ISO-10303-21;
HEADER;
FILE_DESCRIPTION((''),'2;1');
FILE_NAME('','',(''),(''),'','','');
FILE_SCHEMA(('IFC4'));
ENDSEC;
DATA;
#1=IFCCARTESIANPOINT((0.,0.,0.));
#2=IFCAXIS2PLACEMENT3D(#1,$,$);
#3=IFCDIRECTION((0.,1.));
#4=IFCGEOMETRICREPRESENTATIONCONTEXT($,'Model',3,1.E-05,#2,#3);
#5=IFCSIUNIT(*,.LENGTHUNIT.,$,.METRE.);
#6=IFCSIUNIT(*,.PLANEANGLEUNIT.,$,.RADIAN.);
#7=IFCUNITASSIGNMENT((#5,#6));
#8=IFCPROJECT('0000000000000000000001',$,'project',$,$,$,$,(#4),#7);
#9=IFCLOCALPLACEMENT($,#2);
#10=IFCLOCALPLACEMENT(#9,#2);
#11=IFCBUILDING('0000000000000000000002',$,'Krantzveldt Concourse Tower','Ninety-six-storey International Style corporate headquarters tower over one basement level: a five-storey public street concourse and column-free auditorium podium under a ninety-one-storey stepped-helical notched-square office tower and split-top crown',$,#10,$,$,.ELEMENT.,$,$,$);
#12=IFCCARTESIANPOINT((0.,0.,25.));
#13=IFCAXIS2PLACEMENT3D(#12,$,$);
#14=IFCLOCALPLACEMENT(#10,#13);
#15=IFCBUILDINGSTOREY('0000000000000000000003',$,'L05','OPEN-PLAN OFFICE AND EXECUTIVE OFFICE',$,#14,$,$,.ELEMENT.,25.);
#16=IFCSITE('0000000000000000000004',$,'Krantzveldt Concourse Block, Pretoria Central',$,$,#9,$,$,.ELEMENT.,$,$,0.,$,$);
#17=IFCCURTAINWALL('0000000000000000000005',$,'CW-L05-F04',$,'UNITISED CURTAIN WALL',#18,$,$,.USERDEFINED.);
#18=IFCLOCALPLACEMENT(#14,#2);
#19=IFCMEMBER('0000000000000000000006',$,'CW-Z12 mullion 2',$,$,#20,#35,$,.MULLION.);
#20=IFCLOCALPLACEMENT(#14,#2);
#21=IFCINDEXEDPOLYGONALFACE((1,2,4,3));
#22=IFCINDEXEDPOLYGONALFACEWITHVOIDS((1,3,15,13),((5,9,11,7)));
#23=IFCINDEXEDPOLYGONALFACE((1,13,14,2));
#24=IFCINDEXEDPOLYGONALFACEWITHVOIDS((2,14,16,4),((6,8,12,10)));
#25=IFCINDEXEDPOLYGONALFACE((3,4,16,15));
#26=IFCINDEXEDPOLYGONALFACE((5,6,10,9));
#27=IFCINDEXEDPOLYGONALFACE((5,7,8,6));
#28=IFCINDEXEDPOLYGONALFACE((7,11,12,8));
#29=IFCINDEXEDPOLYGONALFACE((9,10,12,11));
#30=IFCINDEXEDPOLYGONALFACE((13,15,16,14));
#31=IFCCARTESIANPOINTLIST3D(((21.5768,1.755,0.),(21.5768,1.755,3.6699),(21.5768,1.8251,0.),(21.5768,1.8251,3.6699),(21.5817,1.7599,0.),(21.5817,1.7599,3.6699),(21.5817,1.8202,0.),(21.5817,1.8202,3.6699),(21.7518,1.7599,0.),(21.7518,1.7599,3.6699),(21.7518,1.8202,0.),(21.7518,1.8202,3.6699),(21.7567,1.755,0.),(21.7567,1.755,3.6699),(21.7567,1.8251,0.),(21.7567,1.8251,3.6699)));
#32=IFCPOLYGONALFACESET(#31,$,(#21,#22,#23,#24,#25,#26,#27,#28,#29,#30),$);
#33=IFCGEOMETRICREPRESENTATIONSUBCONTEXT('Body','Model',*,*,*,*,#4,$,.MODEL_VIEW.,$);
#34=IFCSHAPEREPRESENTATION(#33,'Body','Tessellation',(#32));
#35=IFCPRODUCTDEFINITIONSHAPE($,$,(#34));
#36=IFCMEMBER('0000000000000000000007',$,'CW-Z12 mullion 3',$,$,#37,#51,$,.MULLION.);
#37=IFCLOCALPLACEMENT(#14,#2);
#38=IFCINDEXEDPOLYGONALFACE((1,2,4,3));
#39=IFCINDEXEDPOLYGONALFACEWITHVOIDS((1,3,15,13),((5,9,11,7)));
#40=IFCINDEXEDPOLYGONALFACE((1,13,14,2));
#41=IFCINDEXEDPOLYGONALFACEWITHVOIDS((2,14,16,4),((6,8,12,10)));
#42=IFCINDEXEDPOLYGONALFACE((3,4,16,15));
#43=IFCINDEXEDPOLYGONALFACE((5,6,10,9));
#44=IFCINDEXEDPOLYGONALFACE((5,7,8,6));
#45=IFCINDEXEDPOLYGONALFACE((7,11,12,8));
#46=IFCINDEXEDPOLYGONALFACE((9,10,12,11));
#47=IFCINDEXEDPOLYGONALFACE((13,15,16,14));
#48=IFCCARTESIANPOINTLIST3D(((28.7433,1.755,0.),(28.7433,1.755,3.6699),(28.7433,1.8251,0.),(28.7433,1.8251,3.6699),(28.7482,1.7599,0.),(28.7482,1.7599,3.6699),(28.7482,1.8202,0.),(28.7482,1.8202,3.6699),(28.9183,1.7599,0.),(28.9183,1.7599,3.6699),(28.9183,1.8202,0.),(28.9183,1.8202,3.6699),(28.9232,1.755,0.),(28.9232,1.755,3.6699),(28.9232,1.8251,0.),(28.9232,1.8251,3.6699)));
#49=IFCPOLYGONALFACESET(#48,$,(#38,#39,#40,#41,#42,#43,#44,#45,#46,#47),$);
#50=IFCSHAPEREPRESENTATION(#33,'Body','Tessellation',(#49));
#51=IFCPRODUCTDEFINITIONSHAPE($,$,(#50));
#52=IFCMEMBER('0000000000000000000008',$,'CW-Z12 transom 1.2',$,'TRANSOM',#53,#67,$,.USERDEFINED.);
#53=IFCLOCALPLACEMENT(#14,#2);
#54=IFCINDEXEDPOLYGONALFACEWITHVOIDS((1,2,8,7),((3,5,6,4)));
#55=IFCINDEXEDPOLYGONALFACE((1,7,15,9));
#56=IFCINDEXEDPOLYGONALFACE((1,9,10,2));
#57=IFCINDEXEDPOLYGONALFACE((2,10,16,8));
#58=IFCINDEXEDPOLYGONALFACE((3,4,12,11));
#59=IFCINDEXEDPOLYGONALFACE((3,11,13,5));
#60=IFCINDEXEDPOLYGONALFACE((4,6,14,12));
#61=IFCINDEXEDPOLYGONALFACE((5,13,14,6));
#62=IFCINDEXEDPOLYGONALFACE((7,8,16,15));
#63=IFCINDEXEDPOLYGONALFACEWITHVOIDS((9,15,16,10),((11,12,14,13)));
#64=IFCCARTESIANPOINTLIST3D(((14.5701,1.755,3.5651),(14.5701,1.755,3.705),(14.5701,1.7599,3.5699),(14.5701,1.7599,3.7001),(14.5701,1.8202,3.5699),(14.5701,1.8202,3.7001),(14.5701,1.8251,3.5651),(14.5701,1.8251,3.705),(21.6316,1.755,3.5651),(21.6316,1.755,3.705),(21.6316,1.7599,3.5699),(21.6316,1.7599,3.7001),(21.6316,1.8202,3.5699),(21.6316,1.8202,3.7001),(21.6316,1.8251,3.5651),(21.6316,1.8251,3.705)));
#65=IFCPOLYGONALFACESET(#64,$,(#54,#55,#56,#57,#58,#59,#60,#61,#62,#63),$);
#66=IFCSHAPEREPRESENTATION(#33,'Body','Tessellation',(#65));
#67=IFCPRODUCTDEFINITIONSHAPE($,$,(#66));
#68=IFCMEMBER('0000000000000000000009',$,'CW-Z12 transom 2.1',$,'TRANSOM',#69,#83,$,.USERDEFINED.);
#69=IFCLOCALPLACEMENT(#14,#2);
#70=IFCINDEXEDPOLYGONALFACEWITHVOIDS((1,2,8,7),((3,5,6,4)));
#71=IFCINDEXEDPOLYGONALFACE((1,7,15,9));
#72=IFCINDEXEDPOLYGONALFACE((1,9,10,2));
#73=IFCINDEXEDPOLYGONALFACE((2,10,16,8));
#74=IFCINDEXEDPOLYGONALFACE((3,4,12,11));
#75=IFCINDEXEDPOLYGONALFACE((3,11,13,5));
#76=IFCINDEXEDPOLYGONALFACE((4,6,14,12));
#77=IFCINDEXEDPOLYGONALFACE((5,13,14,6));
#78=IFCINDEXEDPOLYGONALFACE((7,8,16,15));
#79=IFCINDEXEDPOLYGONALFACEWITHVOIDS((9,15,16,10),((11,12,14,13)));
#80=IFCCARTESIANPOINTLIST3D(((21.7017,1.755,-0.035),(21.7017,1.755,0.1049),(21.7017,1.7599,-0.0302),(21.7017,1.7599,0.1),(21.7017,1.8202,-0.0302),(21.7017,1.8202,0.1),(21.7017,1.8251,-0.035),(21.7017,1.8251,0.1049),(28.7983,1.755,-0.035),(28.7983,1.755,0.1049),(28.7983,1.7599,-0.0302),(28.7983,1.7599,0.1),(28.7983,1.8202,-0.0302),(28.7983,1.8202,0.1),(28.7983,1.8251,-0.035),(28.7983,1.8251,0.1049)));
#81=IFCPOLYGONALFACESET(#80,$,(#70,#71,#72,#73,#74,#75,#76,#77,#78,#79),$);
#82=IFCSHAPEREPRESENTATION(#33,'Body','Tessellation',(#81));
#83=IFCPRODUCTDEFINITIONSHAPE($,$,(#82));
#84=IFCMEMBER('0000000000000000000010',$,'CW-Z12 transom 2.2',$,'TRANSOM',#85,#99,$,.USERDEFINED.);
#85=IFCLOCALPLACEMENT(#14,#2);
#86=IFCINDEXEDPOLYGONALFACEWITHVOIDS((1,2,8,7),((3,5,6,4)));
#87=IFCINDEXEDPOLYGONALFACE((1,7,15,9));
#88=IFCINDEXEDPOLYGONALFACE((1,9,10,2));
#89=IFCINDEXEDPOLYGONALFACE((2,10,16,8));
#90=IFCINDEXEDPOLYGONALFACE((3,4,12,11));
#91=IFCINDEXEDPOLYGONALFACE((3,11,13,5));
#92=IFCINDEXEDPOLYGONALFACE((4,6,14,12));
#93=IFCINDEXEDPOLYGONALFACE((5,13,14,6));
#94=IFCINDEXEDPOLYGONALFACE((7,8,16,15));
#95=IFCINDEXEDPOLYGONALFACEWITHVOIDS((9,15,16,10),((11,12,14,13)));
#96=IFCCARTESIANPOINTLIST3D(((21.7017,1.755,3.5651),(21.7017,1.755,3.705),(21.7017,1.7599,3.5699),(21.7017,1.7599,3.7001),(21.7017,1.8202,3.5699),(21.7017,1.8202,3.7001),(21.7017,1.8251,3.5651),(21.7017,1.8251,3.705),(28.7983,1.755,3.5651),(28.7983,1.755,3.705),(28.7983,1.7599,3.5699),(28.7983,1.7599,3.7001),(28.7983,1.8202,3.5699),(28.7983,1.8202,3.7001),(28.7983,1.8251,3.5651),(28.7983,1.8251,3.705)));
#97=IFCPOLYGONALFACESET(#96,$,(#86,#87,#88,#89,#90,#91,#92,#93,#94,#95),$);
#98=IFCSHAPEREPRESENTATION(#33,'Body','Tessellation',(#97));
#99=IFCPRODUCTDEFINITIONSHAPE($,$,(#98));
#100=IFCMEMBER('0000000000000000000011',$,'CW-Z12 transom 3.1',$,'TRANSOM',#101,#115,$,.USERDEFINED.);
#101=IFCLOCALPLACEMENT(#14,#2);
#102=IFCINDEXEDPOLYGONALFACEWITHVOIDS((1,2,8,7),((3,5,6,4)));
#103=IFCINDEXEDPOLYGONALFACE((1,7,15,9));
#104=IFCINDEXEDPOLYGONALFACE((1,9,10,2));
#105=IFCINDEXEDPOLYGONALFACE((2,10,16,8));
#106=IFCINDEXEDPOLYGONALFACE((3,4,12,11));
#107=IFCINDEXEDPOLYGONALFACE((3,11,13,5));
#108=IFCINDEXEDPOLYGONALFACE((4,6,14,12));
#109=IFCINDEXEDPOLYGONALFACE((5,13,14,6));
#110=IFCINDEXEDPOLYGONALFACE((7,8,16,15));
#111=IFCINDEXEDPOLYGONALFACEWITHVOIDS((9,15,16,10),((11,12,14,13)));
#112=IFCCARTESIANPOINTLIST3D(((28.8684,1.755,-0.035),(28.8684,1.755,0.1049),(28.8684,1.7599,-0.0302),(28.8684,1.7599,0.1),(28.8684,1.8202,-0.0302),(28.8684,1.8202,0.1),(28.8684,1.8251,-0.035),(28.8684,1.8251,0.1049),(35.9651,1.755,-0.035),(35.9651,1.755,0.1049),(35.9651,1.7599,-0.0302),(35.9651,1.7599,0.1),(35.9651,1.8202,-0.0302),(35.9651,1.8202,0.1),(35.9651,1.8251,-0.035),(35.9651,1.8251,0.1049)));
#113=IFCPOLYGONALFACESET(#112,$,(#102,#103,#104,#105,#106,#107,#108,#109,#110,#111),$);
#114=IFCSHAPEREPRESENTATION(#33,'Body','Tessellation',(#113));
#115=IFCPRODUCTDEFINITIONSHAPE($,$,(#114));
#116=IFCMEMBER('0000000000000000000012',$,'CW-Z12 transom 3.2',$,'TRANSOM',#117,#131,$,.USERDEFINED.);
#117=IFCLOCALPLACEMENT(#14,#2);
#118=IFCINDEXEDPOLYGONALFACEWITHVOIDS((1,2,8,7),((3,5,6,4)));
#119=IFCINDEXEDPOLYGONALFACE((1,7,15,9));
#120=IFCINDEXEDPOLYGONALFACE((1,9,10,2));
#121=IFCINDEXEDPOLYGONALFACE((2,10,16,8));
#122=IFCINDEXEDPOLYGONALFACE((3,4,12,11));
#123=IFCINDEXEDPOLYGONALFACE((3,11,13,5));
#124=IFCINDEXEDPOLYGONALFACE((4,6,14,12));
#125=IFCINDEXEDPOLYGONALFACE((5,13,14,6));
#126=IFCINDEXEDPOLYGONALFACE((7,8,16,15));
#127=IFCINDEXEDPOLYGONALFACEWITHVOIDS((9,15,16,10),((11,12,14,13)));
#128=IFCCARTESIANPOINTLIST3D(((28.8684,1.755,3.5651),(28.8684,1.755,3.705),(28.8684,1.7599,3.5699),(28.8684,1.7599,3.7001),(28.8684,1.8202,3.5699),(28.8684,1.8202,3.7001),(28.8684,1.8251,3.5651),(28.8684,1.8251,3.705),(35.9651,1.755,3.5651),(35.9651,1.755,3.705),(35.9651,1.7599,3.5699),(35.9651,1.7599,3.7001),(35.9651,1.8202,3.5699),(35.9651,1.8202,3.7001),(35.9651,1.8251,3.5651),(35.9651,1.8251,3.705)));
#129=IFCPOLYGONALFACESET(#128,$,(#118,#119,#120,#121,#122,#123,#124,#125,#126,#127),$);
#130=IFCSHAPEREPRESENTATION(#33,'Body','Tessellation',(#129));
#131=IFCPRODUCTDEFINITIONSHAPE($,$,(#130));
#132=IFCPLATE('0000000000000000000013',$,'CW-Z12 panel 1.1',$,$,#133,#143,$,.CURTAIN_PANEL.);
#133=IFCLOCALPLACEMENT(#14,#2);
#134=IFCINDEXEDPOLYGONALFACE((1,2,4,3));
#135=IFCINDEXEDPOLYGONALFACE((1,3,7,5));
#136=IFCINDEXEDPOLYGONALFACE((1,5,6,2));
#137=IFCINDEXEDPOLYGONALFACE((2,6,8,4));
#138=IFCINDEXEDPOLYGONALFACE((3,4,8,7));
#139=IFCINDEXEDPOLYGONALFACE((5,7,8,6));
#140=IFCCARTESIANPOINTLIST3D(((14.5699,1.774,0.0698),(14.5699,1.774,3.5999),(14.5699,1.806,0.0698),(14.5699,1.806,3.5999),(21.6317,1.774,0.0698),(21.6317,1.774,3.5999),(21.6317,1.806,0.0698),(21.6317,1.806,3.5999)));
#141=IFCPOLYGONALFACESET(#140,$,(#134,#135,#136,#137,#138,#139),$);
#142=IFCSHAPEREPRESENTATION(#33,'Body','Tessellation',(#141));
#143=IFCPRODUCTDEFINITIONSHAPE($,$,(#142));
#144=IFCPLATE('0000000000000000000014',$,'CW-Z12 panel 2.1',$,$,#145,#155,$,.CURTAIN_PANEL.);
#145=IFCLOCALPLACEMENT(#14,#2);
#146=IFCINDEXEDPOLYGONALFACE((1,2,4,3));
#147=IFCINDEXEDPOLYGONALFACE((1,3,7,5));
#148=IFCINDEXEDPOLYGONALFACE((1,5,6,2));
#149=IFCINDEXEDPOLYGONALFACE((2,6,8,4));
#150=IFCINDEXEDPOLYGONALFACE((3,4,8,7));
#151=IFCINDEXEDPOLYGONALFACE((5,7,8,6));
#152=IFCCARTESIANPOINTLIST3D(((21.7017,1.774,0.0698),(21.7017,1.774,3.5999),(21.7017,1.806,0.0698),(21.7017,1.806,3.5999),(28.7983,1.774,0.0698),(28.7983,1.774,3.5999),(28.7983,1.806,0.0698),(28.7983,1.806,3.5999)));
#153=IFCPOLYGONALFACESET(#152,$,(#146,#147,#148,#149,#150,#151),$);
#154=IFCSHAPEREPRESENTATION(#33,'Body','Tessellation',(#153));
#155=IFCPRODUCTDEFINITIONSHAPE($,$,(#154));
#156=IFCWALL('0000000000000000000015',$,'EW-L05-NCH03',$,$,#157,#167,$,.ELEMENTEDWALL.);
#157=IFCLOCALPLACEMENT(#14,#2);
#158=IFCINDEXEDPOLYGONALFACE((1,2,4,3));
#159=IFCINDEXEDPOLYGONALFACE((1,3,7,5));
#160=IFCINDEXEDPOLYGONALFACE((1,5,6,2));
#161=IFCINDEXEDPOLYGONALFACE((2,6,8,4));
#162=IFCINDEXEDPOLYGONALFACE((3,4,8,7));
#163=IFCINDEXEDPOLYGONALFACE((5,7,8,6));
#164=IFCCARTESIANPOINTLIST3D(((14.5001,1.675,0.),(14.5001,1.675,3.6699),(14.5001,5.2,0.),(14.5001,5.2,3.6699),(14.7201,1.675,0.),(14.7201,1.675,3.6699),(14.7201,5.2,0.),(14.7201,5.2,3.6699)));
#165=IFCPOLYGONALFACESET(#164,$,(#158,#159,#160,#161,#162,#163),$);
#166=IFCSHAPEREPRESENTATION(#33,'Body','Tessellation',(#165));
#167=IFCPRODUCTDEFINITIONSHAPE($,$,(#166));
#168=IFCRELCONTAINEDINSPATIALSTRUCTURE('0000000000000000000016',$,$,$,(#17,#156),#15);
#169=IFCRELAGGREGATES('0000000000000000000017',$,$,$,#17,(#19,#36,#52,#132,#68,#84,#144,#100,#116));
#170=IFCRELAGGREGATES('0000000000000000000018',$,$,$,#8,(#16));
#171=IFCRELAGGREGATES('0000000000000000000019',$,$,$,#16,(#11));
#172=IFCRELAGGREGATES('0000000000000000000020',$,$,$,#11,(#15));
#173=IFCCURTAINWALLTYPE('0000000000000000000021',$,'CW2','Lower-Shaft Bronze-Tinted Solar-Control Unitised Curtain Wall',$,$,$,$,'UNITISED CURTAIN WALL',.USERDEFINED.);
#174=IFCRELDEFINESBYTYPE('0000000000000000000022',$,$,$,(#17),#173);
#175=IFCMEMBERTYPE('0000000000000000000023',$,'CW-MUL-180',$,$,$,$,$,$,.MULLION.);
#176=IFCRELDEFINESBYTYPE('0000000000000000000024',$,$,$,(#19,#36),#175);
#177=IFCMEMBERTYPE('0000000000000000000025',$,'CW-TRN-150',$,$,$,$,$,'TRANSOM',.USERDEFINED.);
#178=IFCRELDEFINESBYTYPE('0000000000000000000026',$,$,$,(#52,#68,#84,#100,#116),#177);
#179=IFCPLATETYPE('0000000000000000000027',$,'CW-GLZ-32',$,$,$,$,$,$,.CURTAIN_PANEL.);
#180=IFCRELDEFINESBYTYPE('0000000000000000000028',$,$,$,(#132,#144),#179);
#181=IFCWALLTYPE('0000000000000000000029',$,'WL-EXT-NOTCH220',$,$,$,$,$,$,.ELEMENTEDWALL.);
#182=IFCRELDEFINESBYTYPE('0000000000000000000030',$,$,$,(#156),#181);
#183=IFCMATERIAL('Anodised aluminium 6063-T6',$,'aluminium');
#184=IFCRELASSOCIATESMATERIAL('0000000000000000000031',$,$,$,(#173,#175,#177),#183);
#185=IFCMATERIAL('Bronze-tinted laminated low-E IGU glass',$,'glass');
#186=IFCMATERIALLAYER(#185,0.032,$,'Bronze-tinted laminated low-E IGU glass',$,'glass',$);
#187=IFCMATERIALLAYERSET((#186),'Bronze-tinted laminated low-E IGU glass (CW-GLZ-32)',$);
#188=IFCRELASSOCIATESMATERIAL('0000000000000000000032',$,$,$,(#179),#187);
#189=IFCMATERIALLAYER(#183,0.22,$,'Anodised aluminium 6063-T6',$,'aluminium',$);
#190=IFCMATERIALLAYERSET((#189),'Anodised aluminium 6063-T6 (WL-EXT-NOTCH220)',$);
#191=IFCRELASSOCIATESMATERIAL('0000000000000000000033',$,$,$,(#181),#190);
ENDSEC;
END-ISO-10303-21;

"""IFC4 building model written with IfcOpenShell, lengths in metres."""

from ifc_helpers import new_model, si_unit, direction, frame, frame_2d, origin, origin_2d, place, context, subcontext, project, spatial, rectangle, hollow_rectangle, extrude, source, transform, mapped, material, layer, layer_set, material_profile, profile_set, type_object, type_shapes, element, aggregate, save


model = new_model("IFC4")

# Units and contexts
model_context = context("Model", 3, precision=1e-05, world=origin(), true_north=direction((0.0, 1.0)))
body_context = subcontext(model_context, "Body", "Model", "MODEL_VIEW")
ifc_project = project(units=[si_unit("LENGTHUNIT", "METRE"), si_unit("PLANEANGLEUNIT", "RADIAN")], contexts=[model_context])

# Site, building, storey
site_placement = place(None, origin())
site = spatial("IfcSite", under=ifc_project, at=site_placement, Name="Krantzveldt Concourse Block, Pretoria Central", CompositionType="ELEMENT", RefElevation=0.0)
building_placement = place(site_placement, origin())
building = spatial("IfcBuilding", under=site, at=building_placement, Name="Krantzveldt Concourse Tower", Description="Ninety-six-storey International Style corporate headquarters tower over one basement level: a five-storey public street concourse and column-free auditorium podium under a ninety-one-storey stepped-helical notched-square office tower and split-top crown", CompositionType="ELEMENT")
storey_placement = place(building_placement, frame((0.0, 0.0, 25.0)))
storey = spatial("IfcBuildingStorey", under=building, at=storey_placement, Name="L05", Description="OPEN-PLAN OFFICE AND EXECUTIVE OFFICE", CompositionType="ELEMENT", Elevation=25.0)

# Curtain wall, members, plates
ifc_material_1 = material(Name="Anodised aluminium 6063-T6", Category="aluminium")
curtain_wall_type = type_object("IfcCurtainWallType", Name="CW2", Description="Lower-Shaft Bronze-Tinted Solar-Control Unitised Curtain Wall", ElementType="UNITISED CURTAIN WALL", PredefinedType="USERDEFINED", material=ifc_material_1)
curtain_wall_placement = place(storey_placement, origin())
curtain_wall = element("IfcCurtainWall", 1, at=curtain_wall_placement, inside=storey, type_object=curtain_wall_type, Name="CW-L05-F04", ObjectType="UNITISED CURTAIN WALL", PredefinedType="USERDEFINED")
ifc_material_profile_1 = material_profile(ifc_material_1, hollow_rectangle(XDim=0.0701, YDim=0.1799, WallThickness=0.0049, at=origin_2d()), Name="Anodised aluminium 6063-T6", Category="aluminium")
ifc_profile_set_1 = profile_set([ifc_material_profile_1], Name="Anodised aluminium 6063-T6 - ALU-MULL 180x70x5")
member_type_1 = type_object("IfcMemberType", Name="CW-MUL-180", PredefinedType="MULLION", material=ifc_profile_set_1)
shared_shape_1 = source(origin(), body_context, "Body", "SweptSolid", [
    extrude(hollow_rectangle(XDim=0.0701, YDim=0.1799, WallThickness=0.0049, at=origin_2d()), origin(), (0.0, 0.0, 1.0), 3.6699),
])
type_shapes(member_type_1, [shared_shape_1])
member_1_placement = place(storey_placement, frame((21.6667, 1.79, 0.0), z_axis=(0.0, 0.0, 1.0), x_axis=(0.0, 1.0, 0.0)))
member_1 = element("IfcMember", 2, at=member_1_placement, type_object=member_type_1, Name="CW-Z12 mullion 2", PredefinedType="MULLION", context=body_context, shape_type="MappedRepresentation", body=[
    mapped(shared_shape_1, transform((0.0, 0.0, 0.0), x_axis=(1.0, 0.0, 0.0), y_axis=(0.0, 1.0, 0.0), z_axis=(0.0, 0.0, 1.0), scale=1.0)),
])
member_2_placement = place(storey_placement, frame((28.8333, 1.79, 0.0), z_axis=(0.0, 0.0, 1.0), x_axis=(0.0, 1.0, 0.0)))
member_2 = element("IfcMember", 3, at=member_2_placement, type_object=member_type_1, Name="CW-Z12 mullion 3", PredefinedType="MULLION", context=body_context, shape_type="MappedRepresentation", body=[
    mapped(shared_shape_1, transform((0.0, 0.0, 0.0), x_axis=(1.0, 0.0, 0.0), y_axis=(0.0, 1.0, 0.0), z_axis=(0.0, 0.0, 1.0), scale=1.0)),
])
ifc_material_profile_2 = material_profile(ifc_material_1, hollow_rectangle(XDim=0.0701, YDim=0.1399, WallThickness=0.0049, at=origin_2d()), Name="Anodised aluminium 6063-T6", Category="aluminium")
ifc_profile_set_2 = profile_set([ifc_material_profile_2], Name="Anodised aluminium 6063-T6 - ALU-TRAN 140x70x5")
member_type_2 = type_object("IfcMemberType", Name="CW-TRN-150", ElementType="TRANSOM", PredefinedType="USERDEFINED", material=ifc_profile_set_2)
shared_shape_2 = source(origin(), body_context, "Body", "SweptSolid", [
    extrude(hollow_rectangle(XDim=0.0701, YDim=0.1399, WallThickness=0.0049, at=origin_2d()), origin(), (0.0, 0.0, 1.0), 7.0615),
])
member_3_placement = place(storey_placement, frame((14.5701, 1.79, 3.635), z_axis=(1.0, 0.0, 0.0), x_axis=(0.0, 1.0, 0.0)))
member_3 = element("IfcMember", 4, at=member_3_placement, type_object=member_type_2, Name="CW-Z12 transom 1.2", ObjectType="TRANSOM", PredefinedType="USERDEFINED", context=body_context, shape_type="MappedRepresentation", body=[
    mapped(shared_shape_2, transform((0.0, 0.0, 0.0), x_axis=(1.0, 0.0, 0.0), y_axis=(0.0, 1.0, 0.0), z_axis=(0.0, 0.0, 1.0), scale=1.0)),
])
shared_shape_3 = source(origin(), body_context, "Body", "SweptSolid", [
    extrude(hollow_rectangle(XDim=0.0701, YDim=0.1399, WallThickness=0.0049, at=origin_2d()), origin(), (0.0, 0.0, 1.0), 7.0967),
])
type_shapes(member_type_2, [shared_shape_2, shared_shape_3])
member_4_placement = place(storey_placement, frame((21.7017, 1.79, 0.0349), z_axis=(1.0, 0.0, 0.0), x_axis=(0.0, 1.0, 0.0)))
member_4 = element("IfcMember", 5, at=member_4_placement, type_object=member_type_2, Name="CW-Z12 transom 2.1", ObjectType="TRANSOM", PredefinedType="USERDEFINED", context=body_context, shape_type="MappedRepresentation", body=[
    mapped(shared_shape_3, transform((0.0, 0.0, 0.0), x_axis=(1.0, 0.0, 0.0), y_axis=(0.0, 1.0, 0.0), z_axis=(0.0, 0.0, 1.0), scale=1.0)),
])
member_5_placement = place(storey_placement, frame((21.7017, 1.79, 3.635), z_axis=(1.0, 0.0, 0.0), x_axis=(0.0, 1.0, 0.0)))
member_5 = element("IfcMember", 6, at=member_5_placement, type_object=member_type_2, Name="CW-Z12 transom 2.2", ObjectType="TRANSOM", PredefinedType="USERDEFINED", context=body_context, shape_type="MappedRepresentation", body=[
    mapped(shared_shape_3, transform((0.0, 0.0, 0.0), x_axis=(1.0, 0.0, 0.0), y_axis=(0.0, 1.0, 0.0), z_axis=(0.0, 0.0, 1.0), scale=1.0)),
])
member_6_placement = place(storey_placement, frame((28.8684, 1.79, 0.0349), z_axis=(1.0, 0.0, 0.0), x_axis=(0.0, 1.0, 0.0)))
member_6 = element("IfcMember", 7, at=member_6_placement, type_object=member_type_2, Name="CW-Z12 transom 3.1", ObjectType="TRANSOM", PredefinedType="USERDEFINED", context=body_context, shape_type="MappedRepresentation", body=[
    mapped(shared_shape_3, transform((0.0, 0.0, 0.0), x_axis=(1.0, 0.0, 0.0), y_axis=(0.0, 1.0, 0.0), z_axis=(0.0, 0.0, 1.0), scale=1.0)),
])
member_7_placement = place(storey_placement, frame((28.8684, 1.79, 3.635), z_axis=(1.0, 0.0, 0.0), x_axis=(0.0, 1.0, 0.0)))
member_7 = element("IfcMember", 8, at=member_7_placement, type_object=member_type_2, Name="CW-Z12 transom 3.2", ObjectType="TRANSOM", PredefinedType="USERDEFINED", context=body_context, shape_type="MappedRepresentation", body=[
    mapped(shared_shape_3, transform((0.0, 0.0, 0.0), x_axis=(1.0, 0.0, 0.0), y_axis=(0.0, 1.0, 0.0), z_axis=(0.0, 0.0, 1.0), scale=1.0)),
])
ifc_material_2 = material(Name="Bronze-tinted laminated low-E IGU glass", Category="glass")
ifc_layer_1 = layer(ifc_material_2, 0.032, Name="Bronze-tinted laminated low-E IGU glass", Category="glass")
ifc_layer_set_1 = layer_set([ifc_layer_1], Name="Bronze-tinted laminated low-E IGU glass (CW-GLZ-32)")
plate_type = type_object("IfcPlateType", Name="CW-GLZ-32", PredefinedType="CURTAIN_PANEL", material=ifc_layer_set_1)
shared_shape_4 = source(origin(), body_context, "Body", "SweptSolid", [
    extrude(rectangle(XDim=7.0618, YDim=0.032, at=origin_2d()), origin(), (0.0, 0.0, 1.0), 3.53),
])
plate_1_placement = place(storey_placement, frame((18.1008, 1.79, 0.0698), z_axis=(0.0, 0.0, 1.0), x_axis=(1.0, 0.0, 0.0)))
plate_1 = element("IfcPlate", 9, at=plate_1_placement, type_object=plate_type, Name="CW-Z12 panel 1.1", PredefinedType="CURTAIN_PANEL", context=body_context, shape_type="MappedRepresentation", body=[
    mapped(shared_shape_4, transform((0.0, 0.0, 0.0), x_axis=(1.0, 0.0, 0.0), y_axis=(0.0, 1.0, 0.0), z_axis=(0.0, 0.0, 1.0), scale=1.0)),
])
shared_shape_5 = source(origin(), body_context, "Body", "SweptSolid", [
    extrude(rectangle(XDim=7.0967, YDim=0.032, at=origin_2d()), origin(), (0.0, 0.0, 1.0), 3.53),
])
type_shapes(plate_type, [shared_shape_4, shared_shape_5])
plate_2_placement = place(storey_placement, frame((25.25, 1.79, 0.0698), z_axis=(0.0, 0.0, 1.0), x_axis=(1.0, 0.0, 0.0)))
plate_2 = element("IfcPlate", 10, at=plate_2_placement, type_object=plate_type, Name="CW-Z12 panel 2.1", PredefinedType="CURTAIN_PANEL", context=body_context, shape_type="MappedRepresentation", body=[
    mapped(shared_shape_5, transform((0.0, 0.0, 0.0), x_axis=(1.0, 0.0, 0.0), y_axis=(0.0, 1.0, 0.0), z_axis=(0.0, 0.0, 1.0), scale=1.0)),
])
aggregate(curtain_wall, [member_1, member_2, member_3, plate_1, member_4, member_5, plate_2, member_6, member_7])

# Wall
ifc_layer_2 = layer(ifc_material_1, 0.22, Name="Anodised aluminium 6063-T6", Category="aluminium")
ifc_layer_set_2 = layer_set([ifc_layer_2], Name="Anodised aluminium 6063-T6 (WL-EXT-NOTCH220)")
wall_type_1 = type_object("IfcWallType", Name="WL-EXT-NOTCH220", PredefinedType="ELEMENTEDWALL", material=ifc_layer_set_2)
wall_1_placement = place(storey_placement, frame((14.6101, 5.2, 0.0), z_axis=(0.0, 0.0, 1.0), x_axis=(0.0, -1.0, 0.0)))
element("IfcWall", 11, at=wall_1_placement, inside=storey, type_object=wall_type_1, Name="EW-L05-NCH03", PredefinedType="ELEMENTEDWALL", context=body_context, shape_type="SweptSolid", body=[
    extrude(rectangle(XDim=3.5249, YDim=0.22, at=frame_2d((1.7625, 0.0))), origin(), (0.0, 0.0, 1.0), 3.6699),
])

save(model, "model.ifc")
